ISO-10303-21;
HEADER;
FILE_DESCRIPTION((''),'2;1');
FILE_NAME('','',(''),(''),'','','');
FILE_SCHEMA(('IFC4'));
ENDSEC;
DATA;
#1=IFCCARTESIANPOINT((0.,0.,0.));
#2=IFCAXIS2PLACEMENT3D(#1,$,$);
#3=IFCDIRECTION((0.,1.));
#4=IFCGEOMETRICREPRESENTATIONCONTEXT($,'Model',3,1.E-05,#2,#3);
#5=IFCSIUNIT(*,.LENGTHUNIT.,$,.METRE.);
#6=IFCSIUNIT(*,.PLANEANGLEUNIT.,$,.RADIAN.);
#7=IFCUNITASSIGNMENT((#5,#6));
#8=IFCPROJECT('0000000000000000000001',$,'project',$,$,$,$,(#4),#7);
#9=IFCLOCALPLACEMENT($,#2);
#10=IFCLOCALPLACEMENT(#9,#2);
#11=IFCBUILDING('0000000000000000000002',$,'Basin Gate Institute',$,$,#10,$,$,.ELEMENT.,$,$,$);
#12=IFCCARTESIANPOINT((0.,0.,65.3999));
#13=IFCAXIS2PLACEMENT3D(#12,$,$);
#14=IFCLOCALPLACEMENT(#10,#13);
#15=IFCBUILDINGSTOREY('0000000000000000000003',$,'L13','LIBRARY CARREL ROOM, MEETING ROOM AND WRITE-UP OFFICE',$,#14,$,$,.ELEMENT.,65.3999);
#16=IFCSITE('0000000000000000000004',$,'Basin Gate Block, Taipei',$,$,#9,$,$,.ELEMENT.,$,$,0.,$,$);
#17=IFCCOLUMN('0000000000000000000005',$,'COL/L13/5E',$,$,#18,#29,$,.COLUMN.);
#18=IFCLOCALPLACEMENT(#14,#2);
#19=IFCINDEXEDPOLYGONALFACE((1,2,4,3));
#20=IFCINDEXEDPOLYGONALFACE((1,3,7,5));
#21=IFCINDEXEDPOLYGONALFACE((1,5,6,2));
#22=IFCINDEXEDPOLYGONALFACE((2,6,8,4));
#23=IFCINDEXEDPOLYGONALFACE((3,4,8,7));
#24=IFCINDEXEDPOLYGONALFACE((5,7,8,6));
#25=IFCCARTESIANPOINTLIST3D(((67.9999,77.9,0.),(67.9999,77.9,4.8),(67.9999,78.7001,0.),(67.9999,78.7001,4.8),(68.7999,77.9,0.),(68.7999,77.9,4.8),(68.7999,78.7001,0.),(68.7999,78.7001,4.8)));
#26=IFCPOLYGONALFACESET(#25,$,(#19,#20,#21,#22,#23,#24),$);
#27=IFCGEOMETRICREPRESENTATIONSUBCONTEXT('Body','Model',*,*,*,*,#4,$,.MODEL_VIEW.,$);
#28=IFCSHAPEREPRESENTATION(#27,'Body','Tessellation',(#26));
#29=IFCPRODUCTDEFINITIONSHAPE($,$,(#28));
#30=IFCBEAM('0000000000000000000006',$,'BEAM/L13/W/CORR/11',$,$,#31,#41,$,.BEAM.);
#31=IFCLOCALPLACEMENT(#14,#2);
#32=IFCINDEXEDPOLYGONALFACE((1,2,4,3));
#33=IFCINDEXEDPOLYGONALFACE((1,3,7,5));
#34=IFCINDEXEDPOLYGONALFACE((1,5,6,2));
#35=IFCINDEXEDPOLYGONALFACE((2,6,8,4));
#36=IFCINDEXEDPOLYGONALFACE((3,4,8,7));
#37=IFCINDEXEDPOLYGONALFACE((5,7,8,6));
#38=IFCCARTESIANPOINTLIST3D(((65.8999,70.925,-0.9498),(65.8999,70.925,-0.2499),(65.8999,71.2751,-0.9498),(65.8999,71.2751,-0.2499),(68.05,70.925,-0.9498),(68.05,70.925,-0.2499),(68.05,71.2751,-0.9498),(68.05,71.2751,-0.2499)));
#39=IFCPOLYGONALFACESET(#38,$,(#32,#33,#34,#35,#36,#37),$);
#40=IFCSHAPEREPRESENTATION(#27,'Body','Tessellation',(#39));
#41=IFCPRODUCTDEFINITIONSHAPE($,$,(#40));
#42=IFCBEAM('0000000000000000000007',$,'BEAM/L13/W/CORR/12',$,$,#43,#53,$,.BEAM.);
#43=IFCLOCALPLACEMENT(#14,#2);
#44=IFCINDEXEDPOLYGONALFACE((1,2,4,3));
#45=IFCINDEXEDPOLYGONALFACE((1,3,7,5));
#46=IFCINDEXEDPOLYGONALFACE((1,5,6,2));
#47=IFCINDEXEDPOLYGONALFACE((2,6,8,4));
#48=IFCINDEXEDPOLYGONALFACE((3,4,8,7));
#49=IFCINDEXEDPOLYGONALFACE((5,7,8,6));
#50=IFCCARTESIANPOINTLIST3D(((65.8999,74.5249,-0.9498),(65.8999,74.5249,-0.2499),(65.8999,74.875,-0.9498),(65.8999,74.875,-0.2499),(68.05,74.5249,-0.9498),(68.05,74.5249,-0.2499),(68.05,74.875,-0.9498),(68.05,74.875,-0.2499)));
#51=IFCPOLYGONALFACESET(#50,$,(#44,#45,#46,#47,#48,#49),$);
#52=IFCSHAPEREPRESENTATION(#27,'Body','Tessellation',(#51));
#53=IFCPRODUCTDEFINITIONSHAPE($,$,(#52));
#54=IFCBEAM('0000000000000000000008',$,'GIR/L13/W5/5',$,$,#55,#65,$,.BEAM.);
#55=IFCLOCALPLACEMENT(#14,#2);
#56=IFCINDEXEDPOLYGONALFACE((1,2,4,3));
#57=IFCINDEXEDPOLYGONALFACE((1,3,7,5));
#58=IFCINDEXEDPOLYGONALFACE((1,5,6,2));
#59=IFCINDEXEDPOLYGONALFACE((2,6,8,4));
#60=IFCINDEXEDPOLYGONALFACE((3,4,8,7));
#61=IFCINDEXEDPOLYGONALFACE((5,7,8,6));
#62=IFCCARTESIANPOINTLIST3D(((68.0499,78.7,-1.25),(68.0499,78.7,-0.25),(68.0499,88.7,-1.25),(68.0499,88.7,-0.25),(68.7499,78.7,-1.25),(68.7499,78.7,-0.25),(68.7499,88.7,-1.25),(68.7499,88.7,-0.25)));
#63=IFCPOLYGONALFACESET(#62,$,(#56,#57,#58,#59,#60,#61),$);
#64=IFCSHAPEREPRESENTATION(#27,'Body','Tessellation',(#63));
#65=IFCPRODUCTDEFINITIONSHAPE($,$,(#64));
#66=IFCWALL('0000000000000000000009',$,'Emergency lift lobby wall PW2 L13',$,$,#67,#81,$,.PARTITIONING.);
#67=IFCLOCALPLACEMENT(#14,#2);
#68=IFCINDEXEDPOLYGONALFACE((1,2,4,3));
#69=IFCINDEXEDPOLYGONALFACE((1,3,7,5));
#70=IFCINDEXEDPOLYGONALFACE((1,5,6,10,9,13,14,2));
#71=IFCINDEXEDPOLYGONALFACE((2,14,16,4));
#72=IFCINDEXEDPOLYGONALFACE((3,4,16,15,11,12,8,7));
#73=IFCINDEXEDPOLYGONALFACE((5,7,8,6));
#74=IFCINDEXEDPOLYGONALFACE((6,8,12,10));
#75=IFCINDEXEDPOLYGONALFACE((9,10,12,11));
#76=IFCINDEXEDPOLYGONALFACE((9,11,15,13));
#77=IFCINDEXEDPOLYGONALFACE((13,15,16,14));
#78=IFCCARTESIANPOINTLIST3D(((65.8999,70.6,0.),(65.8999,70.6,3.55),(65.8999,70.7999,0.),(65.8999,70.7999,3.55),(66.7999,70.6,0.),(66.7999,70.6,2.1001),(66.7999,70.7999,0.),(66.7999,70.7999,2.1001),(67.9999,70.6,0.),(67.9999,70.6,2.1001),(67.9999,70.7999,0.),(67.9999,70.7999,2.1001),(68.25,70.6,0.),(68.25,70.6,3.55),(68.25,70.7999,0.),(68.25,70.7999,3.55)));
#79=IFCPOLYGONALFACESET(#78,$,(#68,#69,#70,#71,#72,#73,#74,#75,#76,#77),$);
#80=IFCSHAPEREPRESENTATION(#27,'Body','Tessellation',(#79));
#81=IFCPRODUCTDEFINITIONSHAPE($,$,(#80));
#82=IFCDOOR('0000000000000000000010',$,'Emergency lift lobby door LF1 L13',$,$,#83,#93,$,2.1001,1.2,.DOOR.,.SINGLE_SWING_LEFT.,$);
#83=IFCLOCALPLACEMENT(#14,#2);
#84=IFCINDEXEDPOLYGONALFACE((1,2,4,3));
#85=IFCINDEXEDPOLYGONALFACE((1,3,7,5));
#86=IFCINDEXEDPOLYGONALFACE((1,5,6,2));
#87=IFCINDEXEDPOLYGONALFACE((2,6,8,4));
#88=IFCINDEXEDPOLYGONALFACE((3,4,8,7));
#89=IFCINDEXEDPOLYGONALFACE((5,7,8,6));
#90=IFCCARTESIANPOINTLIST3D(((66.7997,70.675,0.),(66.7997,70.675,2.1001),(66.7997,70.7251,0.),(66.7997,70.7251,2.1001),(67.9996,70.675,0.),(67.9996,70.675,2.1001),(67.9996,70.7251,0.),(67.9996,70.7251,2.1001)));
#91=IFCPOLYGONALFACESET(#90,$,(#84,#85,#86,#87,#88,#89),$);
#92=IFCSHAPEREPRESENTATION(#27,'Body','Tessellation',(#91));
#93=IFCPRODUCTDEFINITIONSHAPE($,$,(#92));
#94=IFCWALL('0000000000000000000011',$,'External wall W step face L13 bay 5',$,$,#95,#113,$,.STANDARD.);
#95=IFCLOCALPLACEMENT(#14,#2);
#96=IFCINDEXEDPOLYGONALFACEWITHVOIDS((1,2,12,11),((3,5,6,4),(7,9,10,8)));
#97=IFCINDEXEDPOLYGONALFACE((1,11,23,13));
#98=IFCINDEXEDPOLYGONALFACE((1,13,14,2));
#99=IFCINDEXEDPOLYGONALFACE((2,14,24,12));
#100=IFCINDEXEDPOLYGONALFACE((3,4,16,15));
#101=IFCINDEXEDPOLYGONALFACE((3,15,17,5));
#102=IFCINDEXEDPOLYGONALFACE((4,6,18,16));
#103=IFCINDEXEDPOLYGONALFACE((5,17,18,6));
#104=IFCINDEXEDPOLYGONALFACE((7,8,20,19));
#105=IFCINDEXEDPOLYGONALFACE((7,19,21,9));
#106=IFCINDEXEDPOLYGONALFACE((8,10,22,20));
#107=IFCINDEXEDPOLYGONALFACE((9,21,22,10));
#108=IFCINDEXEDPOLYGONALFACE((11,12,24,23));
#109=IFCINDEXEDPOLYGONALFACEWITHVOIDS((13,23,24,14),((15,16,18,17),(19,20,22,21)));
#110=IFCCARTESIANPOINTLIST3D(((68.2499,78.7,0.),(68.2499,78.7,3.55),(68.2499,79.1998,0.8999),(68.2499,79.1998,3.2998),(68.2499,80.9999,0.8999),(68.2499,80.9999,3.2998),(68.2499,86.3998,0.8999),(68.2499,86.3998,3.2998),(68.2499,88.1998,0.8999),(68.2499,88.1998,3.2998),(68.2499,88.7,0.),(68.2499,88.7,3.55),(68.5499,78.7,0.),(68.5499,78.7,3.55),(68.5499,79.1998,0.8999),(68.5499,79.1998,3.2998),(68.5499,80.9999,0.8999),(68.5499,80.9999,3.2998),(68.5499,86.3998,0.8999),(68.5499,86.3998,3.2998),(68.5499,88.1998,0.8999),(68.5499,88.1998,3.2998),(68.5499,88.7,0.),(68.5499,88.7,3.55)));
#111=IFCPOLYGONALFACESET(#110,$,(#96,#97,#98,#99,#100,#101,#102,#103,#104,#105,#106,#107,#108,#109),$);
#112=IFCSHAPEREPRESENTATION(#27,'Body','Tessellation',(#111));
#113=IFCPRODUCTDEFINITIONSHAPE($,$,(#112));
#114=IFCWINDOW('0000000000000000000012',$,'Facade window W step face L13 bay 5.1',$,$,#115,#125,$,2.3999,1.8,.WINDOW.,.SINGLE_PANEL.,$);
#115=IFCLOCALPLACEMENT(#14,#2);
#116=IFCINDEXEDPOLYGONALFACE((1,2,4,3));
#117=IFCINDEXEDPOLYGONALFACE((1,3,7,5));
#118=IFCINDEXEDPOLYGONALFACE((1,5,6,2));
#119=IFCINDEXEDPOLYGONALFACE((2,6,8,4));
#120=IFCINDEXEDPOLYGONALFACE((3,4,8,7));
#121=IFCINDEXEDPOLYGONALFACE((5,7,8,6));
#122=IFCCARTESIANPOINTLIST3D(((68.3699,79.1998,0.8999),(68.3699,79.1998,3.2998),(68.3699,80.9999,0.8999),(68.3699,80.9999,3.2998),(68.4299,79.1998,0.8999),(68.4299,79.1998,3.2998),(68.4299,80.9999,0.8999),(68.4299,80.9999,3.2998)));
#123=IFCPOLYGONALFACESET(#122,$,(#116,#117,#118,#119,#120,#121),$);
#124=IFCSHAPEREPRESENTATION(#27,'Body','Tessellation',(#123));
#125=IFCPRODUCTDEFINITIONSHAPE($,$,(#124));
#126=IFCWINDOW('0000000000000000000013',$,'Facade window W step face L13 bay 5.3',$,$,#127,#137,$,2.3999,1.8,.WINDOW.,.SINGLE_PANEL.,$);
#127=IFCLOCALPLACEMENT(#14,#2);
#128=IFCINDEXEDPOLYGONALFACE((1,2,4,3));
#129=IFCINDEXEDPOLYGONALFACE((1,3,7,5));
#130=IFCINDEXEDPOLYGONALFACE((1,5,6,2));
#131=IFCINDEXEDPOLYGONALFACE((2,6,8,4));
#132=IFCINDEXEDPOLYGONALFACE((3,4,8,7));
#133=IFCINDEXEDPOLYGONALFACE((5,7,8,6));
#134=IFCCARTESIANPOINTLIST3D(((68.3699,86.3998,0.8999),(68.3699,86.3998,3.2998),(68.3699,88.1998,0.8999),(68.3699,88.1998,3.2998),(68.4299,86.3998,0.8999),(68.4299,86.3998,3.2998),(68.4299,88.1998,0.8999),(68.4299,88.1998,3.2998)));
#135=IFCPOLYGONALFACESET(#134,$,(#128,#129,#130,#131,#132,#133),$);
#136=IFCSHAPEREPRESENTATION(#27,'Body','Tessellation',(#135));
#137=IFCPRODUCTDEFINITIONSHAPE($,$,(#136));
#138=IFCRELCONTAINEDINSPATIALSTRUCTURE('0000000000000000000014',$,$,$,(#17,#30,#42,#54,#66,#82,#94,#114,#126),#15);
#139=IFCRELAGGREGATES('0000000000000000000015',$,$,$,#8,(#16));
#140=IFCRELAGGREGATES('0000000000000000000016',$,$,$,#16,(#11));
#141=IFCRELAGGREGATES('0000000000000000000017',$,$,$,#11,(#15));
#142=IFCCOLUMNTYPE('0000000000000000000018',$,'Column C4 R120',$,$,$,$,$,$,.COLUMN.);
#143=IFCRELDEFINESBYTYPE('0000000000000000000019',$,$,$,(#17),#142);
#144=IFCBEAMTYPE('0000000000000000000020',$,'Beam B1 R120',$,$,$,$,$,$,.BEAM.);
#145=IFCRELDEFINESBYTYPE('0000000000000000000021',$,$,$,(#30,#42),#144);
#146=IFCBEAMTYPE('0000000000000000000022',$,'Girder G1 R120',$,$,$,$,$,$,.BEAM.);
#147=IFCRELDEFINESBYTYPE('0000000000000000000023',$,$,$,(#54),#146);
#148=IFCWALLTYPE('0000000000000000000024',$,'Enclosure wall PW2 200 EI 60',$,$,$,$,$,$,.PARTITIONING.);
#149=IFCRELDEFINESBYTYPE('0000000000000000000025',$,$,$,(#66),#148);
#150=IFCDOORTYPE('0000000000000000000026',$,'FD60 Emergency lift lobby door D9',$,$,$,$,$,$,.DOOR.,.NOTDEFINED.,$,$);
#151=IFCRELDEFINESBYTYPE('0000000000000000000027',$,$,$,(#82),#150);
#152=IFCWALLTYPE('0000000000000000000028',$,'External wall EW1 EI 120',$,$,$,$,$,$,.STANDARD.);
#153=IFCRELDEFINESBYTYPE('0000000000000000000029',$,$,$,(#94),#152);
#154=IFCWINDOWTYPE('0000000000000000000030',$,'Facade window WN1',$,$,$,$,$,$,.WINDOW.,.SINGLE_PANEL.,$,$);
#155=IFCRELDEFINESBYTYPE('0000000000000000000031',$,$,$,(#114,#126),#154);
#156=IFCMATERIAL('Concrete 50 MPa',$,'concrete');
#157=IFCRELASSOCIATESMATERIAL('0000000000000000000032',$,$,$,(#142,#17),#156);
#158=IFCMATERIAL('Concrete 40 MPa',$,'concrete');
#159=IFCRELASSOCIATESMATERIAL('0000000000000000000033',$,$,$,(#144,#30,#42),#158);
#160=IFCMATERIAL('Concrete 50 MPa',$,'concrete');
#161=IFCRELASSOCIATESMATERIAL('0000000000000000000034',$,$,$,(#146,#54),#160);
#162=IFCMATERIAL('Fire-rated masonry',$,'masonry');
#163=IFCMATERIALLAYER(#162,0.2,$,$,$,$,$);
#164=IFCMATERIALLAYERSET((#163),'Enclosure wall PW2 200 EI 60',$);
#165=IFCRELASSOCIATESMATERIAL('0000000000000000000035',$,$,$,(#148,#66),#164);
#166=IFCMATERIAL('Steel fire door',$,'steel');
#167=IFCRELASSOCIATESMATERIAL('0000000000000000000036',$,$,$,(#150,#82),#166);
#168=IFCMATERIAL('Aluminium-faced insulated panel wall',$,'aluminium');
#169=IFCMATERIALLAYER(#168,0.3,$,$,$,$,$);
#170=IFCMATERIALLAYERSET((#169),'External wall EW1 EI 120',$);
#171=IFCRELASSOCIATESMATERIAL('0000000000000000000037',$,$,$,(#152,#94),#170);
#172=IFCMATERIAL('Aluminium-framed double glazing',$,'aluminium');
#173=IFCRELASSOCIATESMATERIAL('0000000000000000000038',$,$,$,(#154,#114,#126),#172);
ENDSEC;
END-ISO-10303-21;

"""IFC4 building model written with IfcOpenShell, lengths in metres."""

from ifc_helpers import new_model, si_unit, direction, frame, frame_2d, origin, origin_2d, place, context, subcontext, project, spatial, rectangle, extrude, material, layer, layer_set, material_profile, profile_set, type_object, element, fill, save


model = new_model("IFC4")

# Units and contexts
model_context = context("Model", 3, precision=1e-05, world=origin(), true_north=direction((0.0, 1.0)))
body_context = subcontext(model_context, "Body", "Model", "MODEL_VIEW")
ifc_project = project(units=[si_unit("LENGTHUNIT", "METRE"), si_unit("PLANEANGLEUNIT", "RADIAN")], contexts=[model_context])

# Site, building, storey
site_placement = place(None, origin())
site = spatial("IfcSite", under=ifc_project, at=site_placement, Name="Basin Gate Block, Taipei", CompositionType="ELEMENT", RefElevation=0.0)
building_placement = place(site_placement, origin())
building = spatial("IfcBuilding", under=site, at=building_placement, Name="Basin Gate Institute", CompositionType="ELEMENT")
storey_placement = place(building_placement, frame((0.0, 0.0, 65.3999)))
storey = spatial("IfcBuildingStorey", under=building, at=storey_placement, Name="L13", Description="LIBRARY CARREL ROOM, MEETING ROOM AND WRITE-UP OFFICE", CompositionType="ELEMENT", Elevation=65.3999)

# Column
ifc_material_1 = material(Name="Concrete 50 MPa", Category="concrete")
ifc_material_profile_1 = material_profile(ifc_material_1, rectangle(XDim=0.8, YDim=0.8, at=origin_2d()), Name="Column C4 800 x 800")
ifc_profile_set_1 = profile_set([ifc_material_profile_1], Name="Concrete 50 MPa")
column_type = type_object("IfcColumnType", Name="Column C4 R120", PredefinedType="COLUMN", material=ifc_profile_set_1)
column_placement = place(storey_placement, frame((68.3999, 78.3, 0.0), z_axis=(0.0, 0.0, 1.0), x_axis=(1.0, 0.0, 0.0)))
element("IfcColumn", 1, at=column_placement, inside=storey, type_object=column_type, material=ifc_profile_set_1, Name="COL/L13/5E", PredefinedType="COLUMN", context=body_context, shape_type="SweptSolid", body=[
    extrude(rectangle(XDim=0.8, YDim=0.8, at=origin_2d()), origin(), (0.0, 0.0, 1.0), 4.8),
])

# Beams
ifc_material_2 = material(Name="Concrete 40 MPa", Category="concrete")
ifc_material_profile_2 = material_profile(ifc_material_2, rectangle(XDim=0.3501, YDim=0.7, at=origin_2d()), Name="Beam B1 350 x 700")
ifc_profile_set_2 = profile_set([ifc_material_profile_2], Name="Concrete 40 MPa")
beam_type_1 = type_object("IfcBeamType", Name="Beam B1 R120", PredefinedType="BEAM", material=ifc_profile_set_2)
for number, where, z_axis, x_axis, name in (
    (2, (65.8999, 71.1001, -0.5999), (1.0, 0.0, 0.0), (0.0, 1.0, 0.0), "BEAM/L13/W/CORR/11"),
    (3, (65.8999, 74.7, -0.5999), (1.0, 0.0, 0.0), (0.0, 1.0, 0.0), "BEAM/L13/W/CORR/12"),
):
    element("IfcBeam", number, at=place(storey_placement, frame(where, z_axis=z_axis, x_axis=x_axis)), inside=storey, type_object=beam_type_1, material=ifc_profile_set_2, Name=name, PredefinedType="BEAM", context=body_context, shape_type="SweptSolid", body=[
        extrude(rectangle(XDim=0.3501, YDim=0.7, at=origin_2d()), origin(), (0.0, 0.0, 1.0), 2.1501),
    ])
ifc_material_3 = material(Name="Concrete 50 MPa", Category="concrete")
ifc_material_profile_3 = material_profile(ifc_material_3, rectangle(XDim=0.7, YDim=1.0, at=origin_2d()), Name="Girder G1 700 x 1000")
ifc_profile_set_3 = profile_set([ifc_material_profile_3], Name="Concrete 50 MPa")
beam_type_2 = type_object("IfcBeamType", Name="Girder G1 R120", PredefinedType="BEAM", material=ifc_profile_set_3)
beam_placement = place(storey_placement, frame((68.3999, 78.7, -0.75), z_axis=(0.0, 1.0, 0.0), x_axis=(-1.0, 0.0, 0.0)))
element("IfcBeam", 4, at=beam_placement, inside=storey, type_object=beam_type_2, material=ifc_profile_set_3, Name="GIR/L13/W5/5", PredefinedType="BEAM", context=body_context, shape_type="SweptSolid", body=[
    extrude(rectangle(XDim=0.7, YDim=1.0, at=origin_2d()), origin(), (0.0, 0.0, 1.0), 10.0),
])

# Wall, opening, door
ifc_material_4 = material(Name="Fire-rated masonry", Category="masonry")
ifc_layer_1 = layer(ifc_material_4, 0.2)
ifc_layer_set_1 = layer_set([ifc_layer_1], Name="Enclosure wall PW2 200 EI 60")
wall_type_1 = type_object("IfcWallType", Name="Enclosure wall PW2 200 EI 60", PredefinedType="PARTITIONING", material=ifc_layer_set_1)
wall_1_placement = place(storey_placement, frame((65.8999, 70.7, 0.0), z_axis=(0.0, 0.0, 1.0), x_axis=(1.0, 0.0, 0.0)))
wall_1 = element("IfcWall", 5, at=wall_1_placement, inside=storey, type_object=wall_type_1, material=ifc_layer_set_1, Name="Emergency lift lobby wall PW2 L13", PredefinedType="PARTITIONING", context=body_context, shape_type="SweptSolid", body=[
    extrude(rectangle(XDim=2.3501, YDim=0.2, at=frame_2d((1.175, 0.0))), origin(), (0.0, 0.0, 1.0), 3.55),
])
opening_1_placement = place(wall_1_placement, frame((0.8999, 0.0, 0.0)))
opening_1 = element("IfcOpeningElement", 6, at=opening_1_placement, cuts=wall_1, PredefinedType="OPENING", context=body_context, shape_type="SweptSolid", body=[
    extrude(rectangle(XDim=1.2, YDim=2.1001, at=frame_2d((0.6001, 1.05))), frame((0.0, 0.1099, 0.0), z_axis=(0.0, -1.0, 0.0), x_axis=(1.0, 0.0, 0.0)), (0.0, 0.0, 1.0), 0.22),
])
ifc_material_5 = material(Name="Steel fire door", Category="steel")
door_type_1 = type_object("IfcDoorType", Name="FD60 Emergency lift lobby door D9", OperationType="NOTDEFINED", PredefinedType="DOOR", material=ifc_material_5)
door_1_placement = place(opening_1_placement, frame((1.2, 0.0, 0.0), z_axis=(0.0, 0.0, 1.0), x_axis=(-1.0, 0.0, 0.0)))
door_1 = element("IfcDoor", 7, at=door_1_placement, inside=storey, type_object=door_type_1, material=ifc_material_5, Name="Emergency lift lobby door LF1 L13", OperationType="SINGLE_SWING_LEFT", OverallHeight=2.1001, OverallWidth=1.2, PredefinedType="DOOR", context=body_context, shape_type="SweptSolid", body=[
    extrude(rectangle(XDim=1.2, YDim=2.1001, at=frame_2d((0.6001, 1.05))), frame((0.0, 0.0249, 0.0), z_axis=(0.0, -1.0, 0.0), x_axis=(1.0, 0.0, 0.0)), (0.0, 0.0, 1.0), 0.05),
])
fill(opening_1, door_1)

# Wall, openings, windows
ifc_material_6 = material(Name="Aluminium-faced insulated panel wall", Category="aluminium")
ifc_layer_2 = layer(ifc_material_6, 0.3)
ifc_layer_set_2 = layer_set([ifc_layer_2], Name="External wall EW1 EI 120")
wall_type_2 = type_object("IfcWallType", Name="External wall EW1 EI 120", PredefinedType="STANDARD", material=ifc_layer_set_2)
wall_2_placement = place(storey_placement, frame((68.3999, 78.7, 0.0), z_axis=(0.0, 0.0, 1.0), x_axis=(0.0, 1.0, 0.0)))
wall_2 = element("IfcWall", 8, at=wall_2_placement, inside=storey, type_object=wall_type_2, material=ifc_layer_set_2, Name="External wall W step face L13 bay 5", PredefinedType="STANDARD", context=body_context, shape_type="SweptSolid", body=[
    extrude(rectangle(XDim=10.0, YDim=0.3, at=frame_2d((5.0, 0.0))), origin(), (0.0, 0.0, 1.0), 3.55),
])
opening_2_placement = place(wall_2_placement, frame((0.5, 0.0, 0.8999)))
opening_2 = element("IfcOpeningElement", 9, at=opening_2_placement, cuts=wall_2, PredefinedType="OPENING", context=body_context, shape_type="SweptSolid", body=[
    extrude(rectangle(XDim=1.8, YDim=2.3999, at=frame_2d((0.8999, 1.2))), frame((0.0, 0.1602, 0.0), z_axis=(0.0, -1.0, 0.0), x_axis=(1.0, 0.0, 0.0)), (0.0, 0.0, 1.0), 0.3201),
])
opening_3_placement = place(wall_2_placement, frame((7.7, 0.0, 0.8999)))
opening_3 = element("IfcOpeningElement", 10, at=opening_3_placement, cuts=wall_2, PredefinedType="OPENING", context=body_context, shape_type="SweptSolid", body=[
    extrude(rectangle(XDim=1.8, YDim=2.3999, at=frame_2d((0.8999, 1.2))), frame((0.0, 0.1602, 0.0), z_axis=(0.0, -1.0, 0.0), x_axis=(1.0, 0.0, 0.0)), (0.0, 0.0, 1.0), 0.3201),
])
ifc_material_7 = material(Name="Aluminium-framed double glazing", Category="aluminium")
window_type = type_object("IfcWindowType", Name="Facade window WN1", PartitioningType="SINGLE_PANEL", PredefinedType="WINDOW", material=ifc_material_7)
window_1_placement = place(opening_2_placement, origin())
window_1 = element("IfcWindow", 11, at=window_1_placement, inside=storey, type_object=window_type, material=ifc_material_7, Name="Facade window W step face L13 bay 5.1", OverallHeight=2.3999, OverallWidth=1.8, PartitioningType="SINGLE_PANEL", PredefinedType="WINDOW", context=body_context, shape_type="SweptSolid", body=[
    extrude(rectangle(XDim=1.8, YDim=2.3999, at=frame_2d((0.8999, 1.2))), frame((0.0, 0.03, 0.0), z_axis=(0.0, -1.0, 0.0), x_axis=(1.0, 0.0, 0.0)), (0.0, 0.0, 1.0), 0.0601),
])
fill(opening_2, window_1)
window_2_placement = place(opening_3_placement, origin())
window_2 = element("IfcWindow", 12, at=window_2_placement, inside=storey, type_object=window_type, material=ifc_material_7, Name="Facade window W step face L13 bay 5.3", OverallHeight=2.3999, OverallWidth=1.8, PartitioningType="SINGLE_PANEL", PredefinedType="WINDOW", context=body_context, shape_type="SweptSolid", body=[
    extrude(rectangle(XDim=1.8, YDim=2.3999, at=frame_2d((0.8999, 1.2))), frame((0.0, 0.03, 0.0), z_axis=(0.0, -1.0, 0.0), x_axis=(1.0, 0.0, 0.0)), (0.0, 0.0, 1.0), 0.0601),
])
fill(opening_3, window_2)

save(model, "model.ifc")
